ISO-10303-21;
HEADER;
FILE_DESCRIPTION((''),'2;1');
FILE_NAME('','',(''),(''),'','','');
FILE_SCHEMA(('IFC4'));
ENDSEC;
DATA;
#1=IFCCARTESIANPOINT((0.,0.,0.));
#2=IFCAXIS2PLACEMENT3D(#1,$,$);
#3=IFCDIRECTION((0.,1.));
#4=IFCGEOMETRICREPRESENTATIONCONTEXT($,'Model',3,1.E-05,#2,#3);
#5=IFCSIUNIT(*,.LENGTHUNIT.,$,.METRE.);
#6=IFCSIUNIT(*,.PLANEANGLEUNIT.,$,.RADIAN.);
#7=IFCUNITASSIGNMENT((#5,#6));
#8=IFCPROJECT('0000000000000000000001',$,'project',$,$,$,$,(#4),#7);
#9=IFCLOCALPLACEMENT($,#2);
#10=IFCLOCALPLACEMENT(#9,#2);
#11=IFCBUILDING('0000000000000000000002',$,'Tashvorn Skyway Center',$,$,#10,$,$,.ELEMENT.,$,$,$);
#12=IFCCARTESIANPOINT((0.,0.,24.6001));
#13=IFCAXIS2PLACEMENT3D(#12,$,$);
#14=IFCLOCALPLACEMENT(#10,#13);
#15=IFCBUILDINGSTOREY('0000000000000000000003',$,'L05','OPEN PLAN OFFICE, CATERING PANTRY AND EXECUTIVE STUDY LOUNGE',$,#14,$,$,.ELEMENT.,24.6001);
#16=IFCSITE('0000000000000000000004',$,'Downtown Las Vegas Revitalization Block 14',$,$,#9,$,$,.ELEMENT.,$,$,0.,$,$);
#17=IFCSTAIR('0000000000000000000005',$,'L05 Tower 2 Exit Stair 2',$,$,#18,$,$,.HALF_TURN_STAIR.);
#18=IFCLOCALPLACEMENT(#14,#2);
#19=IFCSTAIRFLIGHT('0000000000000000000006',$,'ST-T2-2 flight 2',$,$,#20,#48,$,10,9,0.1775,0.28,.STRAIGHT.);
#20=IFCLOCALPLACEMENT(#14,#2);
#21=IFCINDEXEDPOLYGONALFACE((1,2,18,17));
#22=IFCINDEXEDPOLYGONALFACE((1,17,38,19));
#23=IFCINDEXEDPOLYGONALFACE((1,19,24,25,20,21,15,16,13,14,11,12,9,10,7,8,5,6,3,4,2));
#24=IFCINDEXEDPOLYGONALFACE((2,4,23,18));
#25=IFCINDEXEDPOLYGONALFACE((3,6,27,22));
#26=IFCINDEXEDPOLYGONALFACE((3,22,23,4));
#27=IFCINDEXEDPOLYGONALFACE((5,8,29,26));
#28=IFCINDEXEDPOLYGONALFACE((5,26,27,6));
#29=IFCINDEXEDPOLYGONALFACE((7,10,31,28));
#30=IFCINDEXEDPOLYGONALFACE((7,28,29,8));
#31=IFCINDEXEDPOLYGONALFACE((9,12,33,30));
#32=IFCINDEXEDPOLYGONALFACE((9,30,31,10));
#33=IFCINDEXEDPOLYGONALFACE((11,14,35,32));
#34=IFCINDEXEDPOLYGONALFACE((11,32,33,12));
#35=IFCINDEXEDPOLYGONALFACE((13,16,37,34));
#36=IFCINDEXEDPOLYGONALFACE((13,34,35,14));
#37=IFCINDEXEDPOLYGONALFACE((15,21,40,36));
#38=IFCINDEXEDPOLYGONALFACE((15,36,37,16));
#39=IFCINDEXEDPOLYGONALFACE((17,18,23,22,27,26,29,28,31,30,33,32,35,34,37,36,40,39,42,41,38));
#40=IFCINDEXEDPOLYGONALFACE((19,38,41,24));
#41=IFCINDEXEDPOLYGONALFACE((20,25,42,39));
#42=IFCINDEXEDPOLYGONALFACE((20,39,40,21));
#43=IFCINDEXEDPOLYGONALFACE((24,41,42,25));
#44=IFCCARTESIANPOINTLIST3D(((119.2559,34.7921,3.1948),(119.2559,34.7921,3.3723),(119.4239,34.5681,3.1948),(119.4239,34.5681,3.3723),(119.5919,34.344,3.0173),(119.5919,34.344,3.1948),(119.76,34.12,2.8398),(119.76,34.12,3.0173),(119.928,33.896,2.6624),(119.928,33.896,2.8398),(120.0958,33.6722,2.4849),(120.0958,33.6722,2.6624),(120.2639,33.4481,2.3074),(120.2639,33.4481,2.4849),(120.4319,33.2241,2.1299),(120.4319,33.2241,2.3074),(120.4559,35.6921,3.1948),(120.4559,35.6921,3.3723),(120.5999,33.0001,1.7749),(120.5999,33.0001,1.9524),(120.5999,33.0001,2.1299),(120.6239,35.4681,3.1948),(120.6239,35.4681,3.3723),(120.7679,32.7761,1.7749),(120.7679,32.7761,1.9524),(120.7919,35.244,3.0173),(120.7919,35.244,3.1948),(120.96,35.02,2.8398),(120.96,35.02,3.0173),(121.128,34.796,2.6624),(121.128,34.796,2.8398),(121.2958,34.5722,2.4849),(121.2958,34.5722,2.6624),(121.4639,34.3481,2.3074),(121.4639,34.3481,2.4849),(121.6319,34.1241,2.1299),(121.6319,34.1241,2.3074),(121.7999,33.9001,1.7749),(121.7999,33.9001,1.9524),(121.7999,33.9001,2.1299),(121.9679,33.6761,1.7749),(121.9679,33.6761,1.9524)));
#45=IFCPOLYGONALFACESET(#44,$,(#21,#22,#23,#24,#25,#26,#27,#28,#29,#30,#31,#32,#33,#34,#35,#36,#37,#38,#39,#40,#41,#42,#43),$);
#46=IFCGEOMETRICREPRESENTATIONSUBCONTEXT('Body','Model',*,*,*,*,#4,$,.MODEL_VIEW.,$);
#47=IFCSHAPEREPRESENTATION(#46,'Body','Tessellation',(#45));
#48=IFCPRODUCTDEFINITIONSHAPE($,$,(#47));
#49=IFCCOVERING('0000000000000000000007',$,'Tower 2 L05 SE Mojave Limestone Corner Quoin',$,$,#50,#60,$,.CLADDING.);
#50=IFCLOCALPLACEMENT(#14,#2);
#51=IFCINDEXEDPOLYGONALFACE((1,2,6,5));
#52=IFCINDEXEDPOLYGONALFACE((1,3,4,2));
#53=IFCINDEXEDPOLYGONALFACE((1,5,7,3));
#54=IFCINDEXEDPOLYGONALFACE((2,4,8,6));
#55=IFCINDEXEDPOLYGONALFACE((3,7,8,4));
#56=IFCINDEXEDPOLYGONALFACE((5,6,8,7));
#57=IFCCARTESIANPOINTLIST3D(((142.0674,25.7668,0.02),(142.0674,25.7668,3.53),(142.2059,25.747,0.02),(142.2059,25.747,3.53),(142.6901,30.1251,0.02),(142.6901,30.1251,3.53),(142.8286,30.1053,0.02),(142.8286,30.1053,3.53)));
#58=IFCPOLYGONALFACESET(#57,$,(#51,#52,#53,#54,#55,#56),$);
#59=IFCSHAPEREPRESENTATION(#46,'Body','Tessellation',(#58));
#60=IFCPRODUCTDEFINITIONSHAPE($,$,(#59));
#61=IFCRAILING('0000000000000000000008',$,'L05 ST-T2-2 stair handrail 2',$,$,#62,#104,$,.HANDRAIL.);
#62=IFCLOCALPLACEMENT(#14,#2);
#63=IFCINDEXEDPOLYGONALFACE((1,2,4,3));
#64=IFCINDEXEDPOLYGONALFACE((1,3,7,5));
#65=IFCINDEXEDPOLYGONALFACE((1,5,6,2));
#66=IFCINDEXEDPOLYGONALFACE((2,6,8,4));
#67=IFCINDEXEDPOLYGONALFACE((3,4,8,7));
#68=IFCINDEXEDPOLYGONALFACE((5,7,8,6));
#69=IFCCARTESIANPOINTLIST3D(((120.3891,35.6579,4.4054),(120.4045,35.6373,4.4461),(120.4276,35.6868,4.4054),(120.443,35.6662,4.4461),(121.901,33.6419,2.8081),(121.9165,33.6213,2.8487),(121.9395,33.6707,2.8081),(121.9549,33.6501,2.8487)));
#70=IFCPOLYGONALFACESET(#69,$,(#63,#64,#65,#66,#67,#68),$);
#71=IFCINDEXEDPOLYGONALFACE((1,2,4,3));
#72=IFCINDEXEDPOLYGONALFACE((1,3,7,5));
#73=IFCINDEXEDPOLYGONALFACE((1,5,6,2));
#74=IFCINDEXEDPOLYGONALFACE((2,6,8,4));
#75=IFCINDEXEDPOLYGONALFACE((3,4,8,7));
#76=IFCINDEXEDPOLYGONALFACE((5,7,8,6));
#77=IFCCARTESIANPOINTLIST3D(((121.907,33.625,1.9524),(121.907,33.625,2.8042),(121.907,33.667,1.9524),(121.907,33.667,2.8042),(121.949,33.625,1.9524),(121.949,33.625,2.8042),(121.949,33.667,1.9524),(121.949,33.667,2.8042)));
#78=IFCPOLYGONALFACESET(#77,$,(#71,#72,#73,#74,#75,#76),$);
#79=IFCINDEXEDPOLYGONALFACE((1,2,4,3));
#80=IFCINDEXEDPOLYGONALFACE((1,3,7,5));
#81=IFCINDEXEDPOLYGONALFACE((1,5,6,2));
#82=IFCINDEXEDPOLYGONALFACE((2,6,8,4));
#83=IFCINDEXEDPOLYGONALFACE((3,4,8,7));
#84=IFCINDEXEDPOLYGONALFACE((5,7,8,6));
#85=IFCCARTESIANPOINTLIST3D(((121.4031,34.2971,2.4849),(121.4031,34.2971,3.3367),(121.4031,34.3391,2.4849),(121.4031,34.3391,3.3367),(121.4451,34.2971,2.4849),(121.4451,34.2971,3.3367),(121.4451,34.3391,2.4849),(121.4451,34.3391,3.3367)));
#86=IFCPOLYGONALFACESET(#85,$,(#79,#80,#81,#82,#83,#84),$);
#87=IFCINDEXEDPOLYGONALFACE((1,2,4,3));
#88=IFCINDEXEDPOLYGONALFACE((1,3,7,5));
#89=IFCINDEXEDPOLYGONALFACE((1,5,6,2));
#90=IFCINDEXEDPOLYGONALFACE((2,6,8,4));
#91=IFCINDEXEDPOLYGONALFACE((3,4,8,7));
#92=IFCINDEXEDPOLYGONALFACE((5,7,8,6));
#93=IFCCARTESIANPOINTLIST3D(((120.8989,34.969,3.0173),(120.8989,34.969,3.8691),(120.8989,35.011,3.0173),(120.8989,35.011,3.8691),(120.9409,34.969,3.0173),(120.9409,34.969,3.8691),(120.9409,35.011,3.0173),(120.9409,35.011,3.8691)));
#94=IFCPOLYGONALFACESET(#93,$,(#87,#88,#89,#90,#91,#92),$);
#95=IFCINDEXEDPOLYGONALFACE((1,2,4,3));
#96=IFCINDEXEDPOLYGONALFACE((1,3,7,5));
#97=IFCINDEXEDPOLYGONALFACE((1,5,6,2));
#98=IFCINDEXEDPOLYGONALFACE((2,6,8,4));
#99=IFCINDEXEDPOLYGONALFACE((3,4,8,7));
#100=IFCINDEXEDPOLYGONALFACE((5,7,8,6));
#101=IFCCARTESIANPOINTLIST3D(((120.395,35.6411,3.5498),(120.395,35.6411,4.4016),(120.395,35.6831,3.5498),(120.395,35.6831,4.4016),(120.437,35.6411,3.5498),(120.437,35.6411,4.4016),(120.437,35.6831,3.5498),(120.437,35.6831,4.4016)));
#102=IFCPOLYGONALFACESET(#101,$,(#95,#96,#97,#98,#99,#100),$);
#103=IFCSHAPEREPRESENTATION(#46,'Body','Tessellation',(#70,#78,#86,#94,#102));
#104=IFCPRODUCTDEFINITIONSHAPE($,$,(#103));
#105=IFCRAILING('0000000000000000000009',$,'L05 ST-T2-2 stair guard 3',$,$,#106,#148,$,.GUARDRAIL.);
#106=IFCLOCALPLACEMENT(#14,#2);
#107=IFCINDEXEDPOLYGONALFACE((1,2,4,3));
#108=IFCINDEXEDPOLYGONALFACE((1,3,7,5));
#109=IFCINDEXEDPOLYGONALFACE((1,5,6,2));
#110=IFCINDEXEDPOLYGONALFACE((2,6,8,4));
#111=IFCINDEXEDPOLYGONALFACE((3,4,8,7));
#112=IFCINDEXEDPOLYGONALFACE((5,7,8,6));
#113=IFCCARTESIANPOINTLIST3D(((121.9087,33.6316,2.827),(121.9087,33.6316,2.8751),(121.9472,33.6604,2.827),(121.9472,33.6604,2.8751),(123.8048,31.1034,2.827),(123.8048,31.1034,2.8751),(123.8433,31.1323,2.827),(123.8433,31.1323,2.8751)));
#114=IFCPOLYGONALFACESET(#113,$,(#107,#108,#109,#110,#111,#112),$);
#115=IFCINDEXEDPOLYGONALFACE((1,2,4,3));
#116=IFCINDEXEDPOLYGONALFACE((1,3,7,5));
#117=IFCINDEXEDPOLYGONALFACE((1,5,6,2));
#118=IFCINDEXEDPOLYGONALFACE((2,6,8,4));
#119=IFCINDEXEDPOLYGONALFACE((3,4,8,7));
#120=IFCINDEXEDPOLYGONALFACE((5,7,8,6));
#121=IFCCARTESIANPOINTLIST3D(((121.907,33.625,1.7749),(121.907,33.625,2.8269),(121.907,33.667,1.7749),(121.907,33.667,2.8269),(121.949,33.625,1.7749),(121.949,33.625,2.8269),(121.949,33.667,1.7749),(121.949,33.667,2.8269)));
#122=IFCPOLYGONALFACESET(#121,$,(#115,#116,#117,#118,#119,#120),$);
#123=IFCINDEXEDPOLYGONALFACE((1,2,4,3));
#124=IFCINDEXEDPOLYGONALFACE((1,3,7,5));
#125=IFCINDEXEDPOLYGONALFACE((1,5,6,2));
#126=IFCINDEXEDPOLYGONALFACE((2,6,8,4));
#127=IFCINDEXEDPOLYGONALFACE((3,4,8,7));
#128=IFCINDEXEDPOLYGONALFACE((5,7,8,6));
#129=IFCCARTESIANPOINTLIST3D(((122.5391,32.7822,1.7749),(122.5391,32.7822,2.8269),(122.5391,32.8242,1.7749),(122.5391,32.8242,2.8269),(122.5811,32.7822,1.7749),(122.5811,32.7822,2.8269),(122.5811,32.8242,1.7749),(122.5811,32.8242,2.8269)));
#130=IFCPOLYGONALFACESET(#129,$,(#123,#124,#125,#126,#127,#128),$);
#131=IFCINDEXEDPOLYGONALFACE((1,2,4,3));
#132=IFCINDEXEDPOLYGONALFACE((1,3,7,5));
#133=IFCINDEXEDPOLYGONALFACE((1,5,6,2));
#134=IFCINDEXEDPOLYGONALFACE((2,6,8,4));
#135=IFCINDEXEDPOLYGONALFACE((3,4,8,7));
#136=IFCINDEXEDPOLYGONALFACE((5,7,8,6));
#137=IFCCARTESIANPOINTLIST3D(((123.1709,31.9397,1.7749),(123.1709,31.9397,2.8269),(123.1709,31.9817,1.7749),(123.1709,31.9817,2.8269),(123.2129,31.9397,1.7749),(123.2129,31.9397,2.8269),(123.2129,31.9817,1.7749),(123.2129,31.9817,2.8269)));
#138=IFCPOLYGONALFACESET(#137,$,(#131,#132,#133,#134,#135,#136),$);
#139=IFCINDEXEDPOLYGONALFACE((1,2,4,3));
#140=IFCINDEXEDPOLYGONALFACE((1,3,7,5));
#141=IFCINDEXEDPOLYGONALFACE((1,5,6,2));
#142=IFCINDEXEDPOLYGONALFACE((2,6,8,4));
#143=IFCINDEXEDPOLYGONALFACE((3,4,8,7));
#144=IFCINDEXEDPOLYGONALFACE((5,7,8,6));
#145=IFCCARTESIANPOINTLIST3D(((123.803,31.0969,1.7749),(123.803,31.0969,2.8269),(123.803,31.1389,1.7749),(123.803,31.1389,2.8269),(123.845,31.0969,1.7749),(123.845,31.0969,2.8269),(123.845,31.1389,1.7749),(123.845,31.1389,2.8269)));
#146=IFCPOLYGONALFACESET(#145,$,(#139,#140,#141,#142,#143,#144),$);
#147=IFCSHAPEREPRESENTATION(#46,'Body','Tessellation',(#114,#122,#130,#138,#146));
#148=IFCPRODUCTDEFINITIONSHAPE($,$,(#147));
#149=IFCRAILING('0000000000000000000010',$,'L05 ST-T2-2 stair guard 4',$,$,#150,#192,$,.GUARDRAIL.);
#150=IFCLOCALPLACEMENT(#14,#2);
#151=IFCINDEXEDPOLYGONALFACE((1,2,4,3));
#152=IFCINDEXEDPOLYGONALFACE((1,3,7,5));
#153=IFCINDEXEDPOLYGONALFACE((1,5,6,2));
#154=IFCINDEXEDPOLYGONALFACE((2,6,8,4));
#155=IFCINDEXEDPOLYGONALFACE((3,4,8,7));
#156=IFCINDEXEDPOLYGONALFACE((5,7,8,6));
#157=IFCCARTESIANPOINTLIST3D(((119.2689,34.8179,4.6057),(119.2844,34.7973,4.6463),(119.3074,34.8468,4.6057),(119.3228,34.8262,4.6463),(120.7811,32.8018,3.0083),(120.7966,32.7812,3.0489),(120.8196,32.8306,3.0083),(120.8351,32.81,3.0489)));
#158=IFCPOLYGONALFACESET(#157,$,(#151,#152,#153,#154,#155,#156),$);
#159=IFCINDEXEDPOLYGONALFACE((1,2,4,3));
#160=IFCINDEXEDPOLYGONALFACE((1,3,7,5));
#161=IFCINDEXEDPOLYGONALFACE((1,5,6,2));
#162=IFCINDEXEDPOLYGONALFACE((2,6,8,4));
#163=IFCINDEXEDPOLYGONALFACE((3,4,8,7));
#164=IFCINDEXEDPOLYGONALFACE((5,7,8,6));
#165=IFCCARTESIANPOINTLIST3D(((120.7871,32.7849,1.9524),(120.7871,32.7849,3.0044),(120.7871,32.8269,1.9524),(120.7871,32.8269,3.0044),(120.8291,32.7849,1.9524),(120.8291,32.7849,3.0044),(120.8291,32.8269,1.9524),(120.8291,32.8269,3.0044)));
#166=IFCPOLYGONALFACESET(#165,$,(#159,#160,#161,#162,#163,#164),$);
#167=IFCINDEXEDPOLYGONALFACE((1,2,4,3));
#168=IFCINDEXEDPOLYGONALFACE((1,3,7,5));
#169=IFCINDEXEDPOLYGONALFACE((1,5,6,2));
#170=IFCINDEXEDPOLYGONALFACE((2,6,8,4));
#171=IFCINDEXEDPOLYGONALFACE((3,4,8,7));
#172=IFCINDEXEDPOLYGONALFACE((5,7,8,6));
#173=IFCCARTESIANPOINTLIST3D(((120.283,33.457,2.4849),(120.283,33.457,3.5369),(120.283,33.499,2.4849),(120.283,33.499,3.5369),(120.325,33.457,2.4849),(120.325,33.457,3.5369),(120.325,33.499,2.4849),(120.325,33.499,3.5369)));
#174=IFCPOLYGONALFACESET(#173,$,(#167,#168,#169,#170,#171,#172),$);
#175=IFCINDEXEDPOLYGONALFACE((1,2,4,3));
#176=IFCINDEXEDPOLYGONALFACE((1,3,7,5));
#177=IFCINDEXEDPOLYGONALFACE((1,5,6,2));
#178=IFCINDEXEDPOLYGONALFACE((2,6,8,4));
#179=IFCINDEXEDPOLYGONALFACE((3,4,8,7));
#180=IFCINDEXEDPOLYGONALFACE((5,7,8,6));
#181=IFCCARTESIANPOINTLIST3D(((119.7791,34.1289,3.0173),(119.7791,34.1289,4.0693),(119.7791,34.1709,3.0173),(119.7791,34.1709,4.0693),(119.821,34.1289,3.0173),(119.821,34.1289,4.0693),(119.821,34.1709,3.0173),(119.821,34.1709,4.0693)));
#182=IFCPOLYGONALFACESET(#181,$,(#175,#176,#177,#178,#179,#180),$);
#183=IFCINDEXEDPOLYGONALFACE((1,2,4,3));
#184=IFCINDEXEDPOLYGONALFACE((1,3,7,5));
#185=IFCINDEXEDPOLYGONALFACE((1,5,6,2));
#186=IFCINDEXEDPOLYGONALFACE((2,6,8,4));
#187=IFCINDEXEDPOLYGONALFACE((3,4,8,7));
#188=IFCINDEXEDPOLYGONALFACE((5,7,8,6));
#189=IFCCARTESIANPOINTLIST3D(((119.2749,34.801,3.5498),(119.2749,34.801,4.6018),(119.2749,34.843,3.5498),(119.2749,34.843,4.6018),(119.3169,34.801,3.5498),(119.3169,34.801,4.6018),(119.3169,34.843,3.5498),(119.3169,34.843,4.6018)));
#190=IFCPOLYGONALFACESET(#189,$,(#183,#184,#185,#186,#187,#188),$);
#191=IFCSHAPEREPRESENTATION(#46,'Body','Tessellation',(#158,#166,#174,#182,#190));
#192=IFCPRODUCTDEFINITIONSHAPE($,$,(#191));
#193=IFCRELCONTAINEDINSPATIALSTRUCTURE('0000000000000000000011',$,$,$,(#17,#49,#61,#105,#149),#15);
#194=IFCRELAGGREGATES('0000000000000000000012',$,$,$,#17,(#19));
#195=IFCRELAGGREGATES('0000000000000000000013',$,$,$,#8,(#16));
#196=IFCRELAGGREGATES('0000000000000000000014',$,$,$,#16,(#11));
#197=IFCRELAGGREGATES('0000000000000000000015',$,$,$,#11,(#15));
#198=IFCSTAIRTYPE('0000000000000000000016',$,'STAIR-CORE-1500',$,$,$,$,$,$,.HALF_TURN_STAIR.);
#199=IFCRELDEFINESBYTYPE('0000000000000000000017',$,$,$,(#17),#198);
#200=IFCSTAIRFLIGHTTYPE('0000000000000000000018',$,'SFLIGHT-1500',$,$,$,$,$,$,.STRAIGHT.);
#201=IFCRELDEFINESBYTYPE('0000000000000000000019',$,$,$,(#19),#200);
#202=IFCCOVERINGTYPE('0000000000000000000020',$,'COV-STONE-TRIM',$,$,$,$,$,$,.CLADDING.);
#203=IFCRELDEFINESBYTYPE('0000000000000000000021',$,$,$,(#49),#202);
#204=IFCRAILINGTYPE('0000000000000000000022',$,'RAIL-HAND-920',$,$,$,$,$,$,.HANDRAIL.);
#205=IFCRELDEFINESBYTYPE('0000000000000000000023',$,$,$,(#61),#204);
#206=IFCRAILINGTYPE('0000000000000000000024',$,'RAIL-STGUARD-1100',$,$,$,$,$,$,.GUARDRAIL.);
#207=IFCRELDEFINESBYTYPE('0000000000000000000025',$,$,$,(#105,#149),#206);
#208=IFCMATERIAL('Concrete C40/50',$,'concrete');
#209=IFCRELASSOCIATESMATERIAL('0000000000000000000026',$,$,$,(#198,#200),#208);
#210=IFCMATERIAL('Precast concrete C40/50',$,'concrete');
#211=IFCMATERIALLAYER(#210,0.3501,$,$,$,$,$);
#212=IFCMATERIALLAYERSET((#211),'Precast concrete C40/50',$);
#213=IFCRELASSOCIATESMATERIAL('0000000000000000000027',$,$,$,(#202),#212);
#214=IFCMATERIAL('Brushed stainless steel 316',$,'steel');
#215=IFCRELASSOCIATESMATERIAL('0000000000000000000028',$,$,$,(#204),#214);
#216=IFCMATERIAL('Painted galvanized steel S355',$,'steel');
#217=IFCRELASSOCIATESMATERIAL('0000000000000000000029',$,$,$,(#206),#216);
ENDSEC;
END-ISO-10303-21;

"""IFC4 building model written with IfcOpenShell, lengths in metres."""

from ifc_helpers import new_model, si_unit, direction, frame, origin, origin_2d, place, context, subcontext, project, spatial, polyline, rectangle, outline, extrude, material, layer, layer_set, type_object, element, aggregate, save


model = new_model("IFC4")

# Units and contexts
model_context = context("Model", 3, precision=1e-05, world=origin(), true_north=direction((0.0, 1.0)))
body_context = subcontext(model_context, "Body", "Model", "MODEL_VIEW")
ifc_project = project(units=[si_unit("LENGTHUNIT", "METRE"), si_unit("PLANEANGLEUNIT", "RADIAN")], contexts=[model_context])

# Site, building, storey
site_placement = place(None, origin())
site = spatial("IfcSite", under=ifc_project, at=site_placement, Name="Downtown Las Vegas Revitalization Block 14", CompositionType="ELEMENT", RefElevation=0.0)
building_placement = place(site_placement, origin())
building = spatial("IfcBuilding", under=site, at=building_placement, Name="Tashvorn Skyway Center", CompositionType="ELEMENT")
storey_placement = place(building_placement, frame((0.0, 0.0, 24.6001)))
storey = spatial("IfcBuildingStorey", under=building, at=storey_placement, Name="L05", Description="OPEN PLAN OFFICE, CATERING PANTRY AND EXECUTIVE STUDY LOUNGE", CompositionType="ELEMENT", Elevation=24.6001)

# Shared definitions
ifc_material_1 = material(Name="Precast concrete C40/50", Category="concrete")

# Shared definitions
ifc_material_2 = material(Name="Concrete C40/50", Category="concrete")

# Stair, stair flight
stair_type = type_object("IfcStairType", Name="STAIR-CORE-1500", PredefinedType="HALF_TURN_STAIR", material=ifc_material_2)
stair_placement = place(storey_placement, origin())
stair = element("IfcStair", 1, at=stair_placement, inside=storey, type_object=stair_type, Name="L05 Tower 2 Exit Stair 2", PredefinedType="HALF_TURN_STAIR")
stair_flight_type = type_object("IfcStairFlightType", Name="SFLIGHT-1500", PredefinedType="STRAIGHT", material=ifc_material_2)
stair_flight_placement = place(storey_placement, frame((121.3679, 33.2261, 1.7749), z_axis=(0.0, 0.0, 1.0), x_axis=(-0.6, 0.8, 0.0)))
stair_flight = element("IfcStairFlight", 2, at=stair_flight_placement, type_object=stair_flight_type, Name="ST-T2-2 flight 2", NumberOfRisers=10, NumberOfTreads=9, PredefinedType="STRAIGHT", RiserHeight=0.1775, TreadLength=0.28, context=body_context, shape_type="SweptSolid", body=[
    extrude(outline(polyline([(0.0, 0.0), (0.0, 0.1775), (0.28, 0.1775), (0.28, 0.355), (0.5601, 0.355), (0.5601, 0.5325), (0.8401, 0.5325), (0.8401, 0.71), (1.1201, 0.71), (1.1201, 0.8875), (1.3999, 0.8875), (1.3999, 1.0649), (1.6799, 1.0649), (1.6799, 1.2424), (1.96, 1.2424), (1.96, 1.4199), (2.24, 1.4199), (2.24, 1.5974), (2.52, 1.5974), (2.52, 1.7749), (2.52, 1.4199), (0.28, 0.0), (0.0, 0.0)])), frame((0.0, 0.75, 0.0), z_axis=(0.0, -1.0, 0.0), x_axis=(1.0, 0.0, 0.0)), (0.0, 0.0, 1.0), 1.5),
])
aggregate(stair, [stair_flight])

# Covering
ifc_layer_1 = layer(ifc_material_1, 0.3501)
ifc_layer_set_1 = layer_set([ifc_layer_1], Name="Precast concrete C40/50")
covering_type = type_object("IfcCoveringType", Name="COV-STONE-TRIM", PredefinedType="CLADDING", material=ifc_layer_set_1)
covering_placement = place(storey_placement, frame((142.448, 27.936, 0.02), z_axis=(0.0, 0.0, 1.0), x_axis=(0.141421, 0.989949, 0.0)))
element("IfcCovering", 3, at=covering_placement, inside=storey, type_object=covering_type, Name="Tower 2 L05 SE Mojave Limestone Corner Quoin", PredefinedType="CLADDING", context=body_context, shape_type="SweptSolid", body=[
    extrude(rectangle(XDim=4.4026, YDim=0.1399, at=origin_2d()), origin(), (0.0, 0.0, 1.0), 3.51),
])

# Railings
ifc_material_3 = material(Name="Brushed stainless steel 316", Category="steel")
railing_type_1 = type_object("IfcRailingType", Name="RAIL-HAND-920", PredefinedType="HANDRAIL", material=ifc_material_3)
railing_1_placement = place(storey_placement, frame((121.928, 33.646, 1.9524)))
element("IfcRailing", 4, at=railing_1_placement, inside=storey, type_object=railing_type_1, Name="L05 ST-T2-2 stair handrail 2", PredefinedType="HANDRAIL", context=body_context, shape_type="SweptSolid", body=[
    extrude(rectangle(XDim=0.0481, YDim=0.0481, at=origin_2d()), frame((0.0, 0.0, 0.876), z_axis=(-0.506741, 0.675709, 0.535379), x_axis=(-0.800023, -0.599969, 0.0)), (0.0, 0.0, 1.0), 2.9836),
    extrude(rectangle(XDim=0.042, YDim=0.042, at=origin_2d()), origin(), (0.0, 0.0, 1.0), 0.8518),
    extrude(rectangle(XDim=0.042, YDim=0.042, at=origin_2d()), frame((-0.5039, 0.6721, 0.5325)), (0.0, 0.0, 1.0), 0.8518),
    extrude(rectangle(XDim=0.042, YDim=0.042, at=origin_2d()), frame((-1.0081, 1.344, 1.0649)), (0.0, 0.0, 1.0), 0.8518),
    extrude(rectangle(XDim=0.042, YDim=0.042, at=origin_2d()), frame((-1.512, 2.0161, 1.5974)), (0.0, 0.0, 1.0), 0.8518),
])
ifc_material_4 = material(Name="Painted galvanized steel S355", Category="steel")
railing_type_2 = type_object("IfcRailingType", Name="RAIL-STGUARD-1100", PredefinedType="GUARDRAIL", material=ifc_material_4)
railing_2_placement = place(storey_placement, frame((121.928, 33.646, 1.7749)))
element("IfcRailing", 5, at=railing_2_placement, inside=storey, type_object=railing_type_2, Name="L05 ST-T2-2 stair guard 3", PredefinedType="GUARDRAIL", context=body_context, shape_type="SweptSolid", body=[
    extrude(rectangle(XDim=0.0481, YDim=0.0481, at=origin_2d()), frame((0.0, 0.0, 1.0762), z_axis=(0.599988, -0.800009, 0.0), x_axis=(0.800009, 0.599988, 0.0)), (0.0, 0.0, 1.0), 3.1602),
    extrude(rectangle(XDim=0.042, YDim=0.042, at=origin_2d()), origin(), (0.0, 0.0, 1.0), 1.052),
    extrude(rectangle(XDim=0.042, YDim=0.042, at=origin_2d()), frame((0.6321, -0.8428, 0.0)), (0.0, 0.0, 1.0), 1.052),
    extrude(rectangle(XDim=0.042, YDim=0.042, at=origin_2d()), frame((1.2639, -1.6853, 0.0)), (0.0, 0.0, 1.0), 1.052),
    extrude(rectangle(XDim=0.042, YDim=0.042, at=origin_2d()), frame((1.896, -2.5281, 0.0)), (0.0, 0.0, 1.0), 1.052),
])
railing_3_placement = place(storey_placement, frame((120.8081, 32.8059, 1.9524)))
element("IfcRailing", 6, at=railing_3_placement, inside=storey, type_object=railing_type_2, Name="L05 ST-T2-2 stair guard 4", PredefinedType="GUARDRAIL", context=body_context, shape_type="SweptSolid", body=[
    extrude(rectangle(XDim=0.0481, YDim=0.0481, at=origin_2d()), frame((0.0, 0.0, 1.0762), z_axis=(-0.506802, 0.675681, 0.535357), x_axis=(-0.799977, -0.600031, 0.0)), (0.0, 0.0, 1.0), 2.9839),
    extrude(rectangle(XDim=0.042, YDim=0.042, at=origin_2d()), origin(), (0.0, 0.0, 1.0), 1.052),
    extrude(rectangle(XDim=0.042, YDim=0.042, at=origin_2d()), frame((-0.5042, 0.6721, 0.5325)), (0.0, 0.0, 1.0), 1.052),
    extrude(rectangle(XDim=0.042, YDim=0.042, at=origin_2d()), frame((-1.0081, 1.344, 1.0649)), (0.0, 0.0, 1.0), 1.052),
    extrude(rectangle(XDim=0.042, YDim=0.042, at=origin_2d()), frame((-1.5122, 2.0161, 1.5974)), (0.0, 0.0, 1.0), 1.052),
])

save(model, "model.ifc")
